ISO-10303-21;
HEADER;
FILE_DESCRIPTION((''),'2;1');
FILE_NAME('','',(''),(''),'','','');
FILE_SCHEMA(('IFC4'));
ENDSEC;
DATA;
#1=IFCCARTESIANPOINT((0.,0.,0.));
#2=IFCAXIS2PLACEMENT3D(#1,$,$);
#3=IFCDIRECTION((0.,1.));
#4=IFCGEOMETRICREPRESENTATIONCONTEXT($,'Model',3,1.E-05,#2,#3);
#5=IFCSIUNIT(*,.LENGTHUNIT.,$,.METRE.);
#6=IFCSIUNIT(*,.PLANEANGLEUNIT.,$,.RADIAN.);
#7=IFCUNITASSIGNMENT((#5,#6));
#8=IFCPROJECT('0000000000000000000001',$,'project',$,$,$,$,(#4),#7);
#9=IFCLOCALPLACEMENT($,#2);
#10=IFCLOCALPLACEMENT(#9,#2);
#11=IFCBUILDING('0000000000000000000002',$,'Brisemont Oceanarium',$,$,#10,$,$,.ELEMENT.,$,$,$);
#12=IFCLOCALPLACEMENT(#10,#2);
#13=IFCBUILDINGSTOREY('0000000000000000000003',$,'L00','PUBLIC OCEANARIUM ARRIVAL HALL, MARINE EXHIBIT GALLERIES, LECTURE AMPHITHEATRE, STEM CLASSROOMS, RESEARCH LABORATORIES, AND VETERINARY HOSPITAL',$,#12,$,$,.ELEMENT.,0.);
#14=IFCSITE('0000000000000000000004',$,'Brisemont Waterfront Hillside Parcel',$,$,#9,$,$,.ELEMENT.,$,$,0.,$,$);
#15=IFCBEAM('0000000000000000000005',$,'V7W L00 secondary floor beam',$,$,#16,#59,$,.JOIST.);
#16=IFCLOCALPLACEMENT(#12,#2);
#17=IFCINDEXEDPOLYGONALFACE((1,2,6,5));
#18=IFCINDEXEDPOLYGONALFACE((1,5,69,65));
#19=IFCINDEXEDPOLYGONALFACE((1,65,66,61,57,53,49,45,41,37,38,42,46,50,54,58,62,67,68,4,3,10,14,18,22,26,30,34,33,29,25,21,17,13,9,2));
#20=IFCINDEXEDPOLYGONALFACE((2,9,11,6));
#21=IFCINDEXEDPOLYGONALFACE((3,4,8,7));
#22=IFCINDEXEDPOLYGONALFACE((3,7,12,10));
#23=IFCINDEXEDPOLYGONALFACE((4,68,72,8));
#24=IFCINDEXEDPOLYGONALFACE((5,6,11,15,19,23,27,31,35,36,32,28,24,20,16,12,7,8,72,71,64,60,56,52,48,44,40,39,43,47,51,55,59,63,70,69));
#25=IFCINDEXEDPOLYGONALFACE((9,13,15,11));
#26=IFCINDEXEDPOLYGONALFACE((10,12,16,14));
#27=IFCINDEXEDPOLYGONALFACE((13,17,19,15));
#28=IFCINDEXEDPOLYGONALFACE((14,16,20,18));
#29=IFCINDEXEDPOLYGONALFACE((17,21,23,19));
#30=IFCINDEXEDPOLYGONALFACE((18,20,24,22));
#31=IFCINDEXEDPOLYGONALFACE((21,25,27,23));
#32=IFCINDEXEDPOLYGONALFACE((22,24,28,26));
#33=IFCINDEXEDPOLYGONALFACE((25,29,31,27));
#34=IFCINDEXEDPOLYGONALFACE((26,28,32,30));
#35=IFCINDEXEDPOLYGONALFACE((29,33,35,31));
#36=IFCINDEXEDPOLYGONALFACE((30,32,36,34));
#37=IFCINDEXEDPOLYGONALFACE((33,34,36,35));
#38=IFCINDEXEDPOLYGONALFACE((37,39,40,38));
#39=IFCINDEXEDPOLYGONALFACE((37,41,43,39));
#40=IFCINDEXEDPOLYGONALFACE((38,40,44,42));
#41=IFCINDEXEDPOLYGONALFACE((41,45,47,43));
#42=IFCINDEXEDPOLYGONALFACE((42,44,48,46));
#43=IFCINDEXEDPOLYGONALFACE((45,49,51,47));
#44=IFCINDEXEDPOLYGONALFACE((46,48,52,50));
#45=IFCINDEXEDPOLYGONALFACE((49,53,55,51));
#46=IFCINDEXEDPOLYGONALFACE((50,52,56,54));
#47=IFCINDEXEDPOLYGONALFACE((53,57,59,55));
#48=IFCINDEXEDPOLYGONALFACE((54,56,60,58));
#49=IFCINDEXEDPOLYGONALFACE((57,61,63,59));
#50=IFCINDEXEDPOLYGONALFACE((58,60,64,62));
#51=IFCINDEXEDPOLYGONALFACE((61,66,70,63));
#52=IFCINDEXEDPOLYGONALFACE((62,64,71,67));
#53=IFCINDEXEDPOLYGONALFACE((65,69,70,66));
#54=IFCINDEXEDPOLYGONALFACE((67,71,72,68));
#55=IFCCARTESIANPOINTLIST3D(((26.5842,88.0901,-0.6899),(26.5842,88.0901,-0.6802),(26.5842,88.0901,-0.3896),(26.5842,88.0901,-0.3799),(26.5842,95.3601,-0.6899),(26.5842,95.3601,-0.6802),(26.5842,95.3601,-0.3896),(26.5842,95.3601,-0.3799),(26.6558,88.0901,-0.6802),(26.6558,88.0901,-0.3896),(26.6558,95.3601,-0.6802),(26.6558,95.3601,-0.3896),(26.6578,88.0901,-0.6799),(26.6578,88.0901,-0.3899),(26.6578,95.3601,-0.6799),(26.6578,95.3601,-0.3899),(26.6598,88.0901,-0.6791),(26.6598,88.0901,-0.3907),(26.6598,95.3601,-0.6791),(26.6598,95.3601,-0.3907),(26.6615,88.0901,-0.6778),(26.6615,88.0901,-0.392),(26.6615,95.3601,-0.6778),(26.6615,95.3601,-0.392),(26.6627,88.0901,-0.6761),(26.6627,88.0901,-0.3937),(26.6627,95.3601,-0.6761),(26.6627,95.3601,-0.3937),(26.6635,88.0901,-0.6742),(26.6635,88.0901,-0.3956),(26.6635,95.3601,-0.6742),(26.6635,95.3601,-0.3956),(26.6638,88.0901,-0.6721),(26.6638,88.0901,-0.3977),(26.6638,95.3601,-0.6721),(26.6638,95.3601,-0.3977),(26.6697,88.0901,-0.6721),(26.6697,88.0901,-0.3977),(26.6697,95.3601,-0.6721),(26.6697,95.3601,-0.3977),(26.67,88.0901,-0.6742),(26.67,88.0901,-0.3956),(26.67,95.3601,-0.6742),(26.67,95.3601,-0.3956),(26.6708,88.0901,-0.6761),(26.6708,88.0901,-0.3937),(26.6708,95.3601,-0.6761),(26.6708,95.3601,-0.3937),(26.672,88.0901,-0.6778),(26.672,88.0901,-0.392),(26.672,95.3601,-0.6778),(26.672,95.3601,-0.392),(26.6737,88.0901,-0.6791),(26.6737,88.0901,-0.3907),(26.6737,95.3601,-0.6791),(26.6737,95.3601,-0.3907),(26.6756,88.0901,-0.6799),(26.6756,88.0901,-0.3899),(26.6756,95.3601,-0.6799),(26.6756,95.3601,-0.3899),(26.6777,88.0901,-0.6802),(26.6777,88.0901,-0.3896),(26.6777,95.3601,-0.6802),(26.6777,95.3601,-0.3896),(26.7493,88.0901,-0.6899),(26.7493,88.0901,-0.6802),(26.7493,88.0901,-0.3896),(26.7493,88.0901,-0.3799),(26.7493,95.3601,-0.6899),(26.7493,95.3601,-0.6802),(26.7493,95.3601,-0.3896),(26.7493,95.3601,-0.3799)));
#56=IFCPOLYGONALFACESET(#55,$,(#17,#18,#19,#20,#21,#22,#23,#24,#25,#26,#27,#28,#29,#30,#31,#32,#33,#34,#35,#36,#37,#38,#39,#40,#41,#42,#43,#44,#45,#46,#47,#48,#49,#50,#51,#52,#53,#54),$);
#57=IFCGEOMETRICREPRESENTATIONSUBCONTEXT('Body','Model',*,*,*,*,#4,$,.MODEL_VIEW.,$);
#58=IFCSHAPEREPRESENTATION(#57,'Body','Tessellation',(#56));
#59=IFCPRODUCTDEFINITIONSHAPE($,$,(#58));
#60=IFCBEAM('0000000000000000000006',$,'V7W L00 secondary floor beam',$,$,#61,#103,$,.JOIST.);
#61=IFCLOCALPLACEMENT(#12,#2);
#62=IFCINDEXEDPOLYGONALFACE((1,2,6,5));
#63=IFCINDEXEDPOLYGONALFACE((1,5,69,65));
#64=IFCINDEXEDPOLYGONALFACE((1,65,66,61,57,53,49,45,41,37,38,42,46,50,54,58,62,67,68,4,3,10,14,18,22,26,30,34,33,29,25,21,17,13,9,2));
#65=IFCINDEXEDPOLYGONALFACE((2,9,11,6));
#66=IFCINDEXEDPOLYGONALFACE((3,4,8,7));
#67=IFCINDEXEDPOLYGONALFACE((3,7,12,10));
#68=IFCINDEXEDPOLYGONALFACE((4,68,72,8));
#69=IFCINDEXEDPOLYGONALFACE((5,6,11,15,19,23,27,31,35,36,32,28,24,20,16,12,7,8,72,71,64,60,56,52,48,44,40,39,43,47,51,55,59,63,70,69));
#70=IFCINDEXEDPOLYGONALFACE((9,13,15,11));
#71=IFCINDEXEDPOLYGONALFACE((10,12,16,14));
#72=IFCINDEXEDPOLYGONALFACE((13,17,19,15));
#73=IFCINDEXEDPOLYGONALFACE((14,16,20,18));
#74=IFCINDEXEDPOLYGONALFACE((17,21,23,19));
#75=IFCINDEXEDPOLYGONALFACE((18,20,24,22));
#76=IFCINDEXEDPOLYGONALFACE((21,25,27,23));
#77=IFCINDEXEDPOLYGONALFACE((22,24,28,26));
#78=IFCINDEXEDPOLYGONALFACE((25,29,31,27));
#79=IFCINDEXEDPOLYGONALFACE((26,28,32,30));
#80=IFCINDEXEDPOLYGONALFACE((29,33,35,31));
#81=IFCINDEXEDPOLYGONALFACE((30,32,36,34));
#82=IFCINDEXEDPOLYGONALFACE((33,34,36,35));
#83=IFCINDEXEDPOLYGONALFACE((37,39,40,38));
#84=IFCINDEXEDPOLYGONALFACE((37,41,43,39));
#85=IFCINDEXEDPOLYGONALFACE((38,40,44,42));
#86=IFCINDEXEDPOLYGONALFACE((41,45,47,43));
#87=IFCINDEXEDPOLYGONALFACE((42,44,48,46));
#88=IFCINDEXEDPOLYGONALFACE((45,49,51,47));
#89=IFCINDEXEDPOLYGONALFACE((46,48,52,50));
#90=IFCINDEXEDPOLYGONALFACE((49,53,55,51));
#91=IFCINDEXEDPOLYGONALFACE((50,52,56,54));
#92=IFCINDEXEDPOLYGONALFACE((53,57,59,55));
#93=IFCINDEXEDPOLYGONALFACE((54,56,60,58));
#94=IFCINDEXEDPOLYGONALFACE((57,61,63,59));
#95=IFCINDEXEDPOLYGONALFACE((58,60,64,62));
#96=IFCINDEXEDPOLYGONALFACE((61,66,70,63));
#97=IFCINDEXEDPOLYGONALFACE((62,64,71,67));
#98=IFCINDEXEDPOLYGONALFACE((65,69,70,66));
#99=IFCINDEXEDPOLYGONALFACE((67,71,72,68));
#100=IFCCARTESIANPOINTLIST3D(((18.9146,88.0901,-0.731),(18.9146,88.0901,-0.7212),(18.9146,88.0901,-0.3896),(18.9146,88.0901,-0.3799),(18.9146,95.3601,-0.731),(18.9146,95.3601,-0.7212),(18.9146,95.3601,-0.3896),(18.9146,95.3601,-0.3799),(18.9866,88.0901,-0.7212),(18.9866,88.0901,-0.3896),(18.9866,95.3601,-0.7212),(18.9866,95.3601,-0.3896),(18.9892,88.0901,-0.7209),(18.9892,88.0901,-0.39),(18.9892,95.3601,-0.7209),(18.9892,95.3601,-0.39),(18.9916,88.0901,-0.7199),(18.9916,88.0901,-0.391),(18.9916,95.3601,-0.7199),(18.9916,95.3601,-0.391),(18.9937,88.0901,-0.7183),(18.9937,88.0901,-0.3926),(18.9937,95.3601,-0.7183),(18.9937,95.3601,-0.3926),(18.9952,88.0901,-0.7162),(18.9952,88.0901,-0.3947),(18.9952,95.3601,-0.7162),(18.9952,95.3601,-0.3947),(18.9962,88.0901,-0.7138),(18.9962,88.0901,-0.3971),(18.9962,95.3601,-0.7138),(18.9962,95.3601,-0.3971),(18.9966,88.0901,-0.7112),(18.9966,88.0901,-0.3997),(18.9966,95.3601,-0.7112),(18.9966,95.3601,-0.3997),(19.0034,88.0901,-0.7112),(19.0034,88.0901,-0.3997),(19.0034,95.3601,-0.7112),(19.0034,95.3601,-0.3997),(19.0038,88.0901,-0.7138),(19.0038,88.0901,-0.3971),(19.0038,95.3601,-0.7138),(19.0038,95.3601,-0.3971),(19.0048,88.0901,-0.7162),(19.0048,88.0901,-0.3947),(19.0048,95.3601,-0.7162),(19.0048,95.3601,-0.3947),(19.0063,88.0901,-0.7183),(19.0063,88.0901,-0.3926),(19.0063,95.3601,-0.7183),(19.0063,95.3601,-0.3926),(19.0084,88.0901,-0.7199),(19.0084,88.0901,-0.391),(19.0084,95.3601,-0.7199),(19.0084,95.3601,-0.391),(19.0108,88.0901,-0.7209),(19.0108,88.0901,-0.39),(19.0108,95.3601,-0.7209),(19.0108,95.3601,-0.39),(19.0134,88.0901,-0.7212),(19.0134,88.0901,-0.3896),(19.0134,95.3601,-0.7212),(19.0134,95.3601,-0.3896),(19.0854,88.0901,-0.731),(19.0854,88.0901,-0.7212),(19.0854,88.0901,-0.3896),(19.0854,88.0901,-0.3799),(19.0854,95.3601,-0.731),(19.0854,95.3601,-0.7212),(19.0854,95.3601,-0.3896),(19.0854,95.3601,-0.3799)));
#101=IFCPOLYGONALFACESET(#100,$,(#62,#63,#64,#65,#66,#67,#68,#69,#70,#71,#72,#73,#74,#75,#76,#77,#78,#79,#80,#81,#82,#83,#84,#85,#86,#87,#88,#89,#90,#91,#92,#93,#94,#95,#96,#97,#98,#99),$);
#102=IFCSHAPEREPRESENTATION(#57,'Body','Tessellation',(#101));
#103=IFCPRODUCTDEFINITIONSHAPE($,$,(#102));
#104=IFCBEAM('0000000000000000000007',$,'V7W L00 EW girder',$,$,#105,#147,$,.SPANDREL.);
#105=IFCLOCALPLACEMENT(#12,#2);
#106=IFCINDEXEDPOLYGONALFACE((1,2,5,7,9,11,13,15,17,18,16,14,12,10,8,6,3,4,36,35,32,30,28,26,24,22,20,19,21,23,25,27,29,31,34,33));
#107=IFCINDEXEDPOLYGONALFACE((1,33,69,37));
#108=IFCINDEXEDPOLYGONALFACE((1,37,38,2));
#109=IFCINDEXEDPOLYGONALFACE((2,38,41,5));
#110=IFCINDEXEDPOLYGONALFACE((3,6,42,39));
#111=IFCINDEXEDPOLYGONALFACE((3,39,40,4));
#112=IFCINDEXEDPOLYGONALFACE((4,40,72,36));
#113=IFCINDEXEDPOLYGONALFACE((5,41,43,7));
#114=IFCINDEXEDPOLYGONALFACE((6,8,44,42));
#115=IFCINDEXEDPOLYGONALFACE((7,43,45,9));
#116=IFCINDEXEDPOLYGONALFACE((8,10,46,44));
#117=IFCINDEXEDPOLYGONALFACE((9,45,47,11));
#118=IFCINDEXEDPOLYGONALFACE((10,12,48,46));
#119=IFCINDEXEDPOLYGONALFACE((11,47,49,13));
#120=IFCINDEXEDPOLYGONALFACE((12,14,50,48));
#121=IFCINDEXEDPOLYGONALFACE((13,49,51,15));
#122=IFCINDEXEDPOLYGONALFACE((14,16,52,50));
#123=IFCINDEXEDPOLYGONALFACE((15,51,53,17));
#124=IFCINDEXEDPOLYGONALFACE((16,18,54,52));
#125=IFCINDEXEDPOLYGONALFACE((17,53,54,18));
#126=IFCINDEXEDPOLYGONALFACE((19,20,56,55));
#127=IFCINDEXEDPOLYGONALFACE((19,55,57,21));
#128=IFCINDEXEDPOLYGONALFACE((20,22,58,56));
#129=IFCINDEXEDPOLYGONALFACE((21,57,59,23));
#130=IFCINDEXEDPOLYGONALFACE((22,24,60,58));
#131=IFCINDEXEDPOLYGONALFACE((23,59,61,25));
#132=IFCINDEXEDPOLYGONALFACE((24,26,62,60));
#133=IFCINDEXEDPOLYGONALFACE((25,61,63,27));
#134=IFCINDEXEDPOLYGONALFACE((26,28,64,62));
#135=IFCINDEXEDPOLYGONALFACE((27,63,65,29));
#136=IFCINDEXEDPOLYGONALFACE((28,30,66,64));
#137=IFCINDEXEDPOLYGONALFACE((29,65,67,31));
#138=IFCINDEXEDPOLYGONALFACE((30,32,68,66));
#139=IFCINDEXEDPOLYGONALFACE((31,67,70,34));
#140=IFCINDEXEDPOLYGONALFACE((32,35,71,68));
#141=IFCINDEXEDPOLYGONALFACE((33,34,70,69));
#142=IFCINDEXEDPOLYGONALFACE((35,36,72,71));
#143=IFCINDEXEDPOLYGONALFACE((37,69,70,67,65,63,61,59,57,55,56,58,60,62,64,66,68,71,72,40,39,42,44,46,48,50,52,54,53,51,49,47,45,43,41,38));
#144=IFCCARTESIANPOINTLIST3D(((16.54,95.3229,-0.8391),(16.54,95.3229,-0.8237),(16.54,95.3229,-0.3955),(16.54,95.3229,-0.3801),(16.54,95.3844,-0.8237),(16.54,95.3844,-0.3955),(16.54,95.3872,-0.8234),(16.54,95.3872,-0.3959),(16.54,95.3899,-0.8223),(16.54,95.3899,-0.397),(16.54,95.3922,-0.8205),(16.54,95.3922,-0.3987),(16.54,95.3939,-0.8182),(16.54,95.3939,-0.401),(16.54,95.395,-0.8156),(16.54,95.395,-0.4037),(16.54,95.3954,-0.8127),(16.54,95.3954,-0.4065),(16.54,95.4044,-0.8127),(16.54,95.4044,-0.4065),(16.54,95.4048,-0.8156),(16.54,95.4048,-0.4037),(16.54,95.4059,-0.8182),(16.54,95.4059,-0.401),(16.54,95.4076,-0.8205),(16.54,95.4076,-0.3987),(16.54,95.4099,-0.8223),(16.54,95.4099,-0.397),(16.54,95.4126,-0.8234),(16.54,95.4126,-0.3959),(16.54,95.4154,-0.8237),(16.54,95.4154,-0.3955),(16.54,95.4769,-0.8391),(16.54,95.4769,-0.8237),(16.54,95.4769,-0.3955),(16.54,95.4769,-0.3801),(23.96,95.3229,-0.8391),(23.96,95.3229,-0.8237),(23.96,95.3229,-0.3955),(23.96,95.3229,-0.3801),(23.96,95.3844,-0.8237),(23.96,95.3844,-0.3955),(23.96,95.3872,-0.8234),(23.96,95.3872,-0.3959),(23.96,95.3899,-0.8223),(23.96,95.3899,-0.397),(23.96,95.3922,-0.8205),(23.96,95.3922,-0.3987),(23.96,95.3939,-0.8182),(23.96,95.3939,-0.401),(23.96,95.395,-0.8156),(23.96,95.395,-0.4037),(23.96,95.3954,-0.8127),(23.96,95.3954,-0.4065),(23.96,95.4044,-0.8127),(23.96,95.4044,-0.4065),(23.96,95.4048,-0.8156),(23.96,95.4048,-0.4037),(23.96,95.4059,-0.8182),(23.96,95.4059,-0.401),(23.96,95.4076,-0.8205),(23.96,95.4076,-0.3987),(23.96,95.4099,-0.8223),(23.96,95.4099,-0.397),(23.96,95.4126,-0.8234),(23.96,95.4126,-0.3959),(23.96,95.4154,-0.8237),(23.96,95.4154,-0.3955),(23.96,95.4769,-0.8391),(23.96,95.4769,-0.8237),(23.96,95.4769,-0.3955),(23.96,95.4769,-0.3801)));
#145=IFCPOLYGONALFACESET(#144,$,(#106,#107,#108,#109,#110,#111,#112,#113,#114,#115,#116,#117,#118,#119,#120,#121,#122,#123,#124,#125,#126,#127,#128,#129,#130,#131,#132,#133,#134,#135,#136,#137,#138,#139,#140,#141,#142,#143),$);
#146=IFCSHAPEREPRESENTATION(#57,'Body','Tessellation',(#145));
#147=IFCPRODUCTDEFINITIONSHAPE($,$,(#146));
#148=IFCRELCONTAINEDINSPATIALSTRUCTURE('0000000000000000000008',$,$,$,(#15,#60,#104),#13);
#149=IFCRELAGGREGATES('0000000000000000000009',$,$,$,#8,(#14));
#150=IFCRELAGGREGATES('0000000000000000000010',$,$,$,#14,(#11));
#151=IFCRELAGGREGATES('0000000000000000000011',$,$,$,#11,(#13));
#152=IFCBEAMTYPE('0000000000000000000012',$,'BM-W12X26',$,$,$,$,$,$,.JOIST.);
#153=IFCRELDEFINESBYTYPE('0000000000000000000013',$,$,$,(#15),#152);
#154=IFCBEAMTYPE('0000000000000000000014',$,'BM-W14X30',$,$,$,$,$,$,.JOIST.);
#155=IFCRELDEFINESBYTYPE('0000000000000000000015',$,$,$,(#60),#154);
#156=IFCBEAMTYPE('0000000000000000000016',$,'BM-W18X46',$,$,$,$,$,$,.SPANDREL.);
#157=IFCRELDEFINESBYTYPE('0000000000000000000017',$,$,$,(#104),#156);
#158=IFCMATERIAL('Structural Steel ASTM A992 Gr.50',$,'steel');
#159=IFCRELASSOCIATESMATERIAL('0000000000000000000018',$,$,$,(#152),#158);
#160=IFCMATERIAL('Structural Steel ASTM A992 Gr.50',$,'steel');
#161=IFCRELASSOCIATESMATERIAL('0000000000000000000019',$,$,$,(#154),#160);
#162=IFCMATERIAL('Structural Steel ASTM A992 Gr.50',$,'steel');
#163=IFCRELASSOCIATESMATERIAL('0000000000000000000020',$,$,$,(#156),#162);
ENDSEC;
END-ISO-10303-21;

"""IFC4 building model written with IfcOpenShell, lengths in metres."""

from ifc_helpers import new_model, si_unit, direction, frame, origin, origin_2d, place, context, subcontext, project, spatial, i_section, extrude, material, material_profile, profile_set, type_object, element, save


model = new_model("IFC4")

# Units and contexts
model_context = context("Model", 3, precision=1e-05, world=origin(), true_north=direction((0.0, 1.0)))
body_context = subcontext(model_context, "Body", "Model", "MODEL_VIEW")
ifc_project = project(units=[si_unit("LENGTHUNIT", "METRE"), si_unit("PLANEANGLEUNIT", "RADIAN")], contexts=[model_context])

# Site, building, storey
site_placement = place(None, origin())
site = spatial("IfcSite", under=ifc_project, at=site_placement, Name="Brisemont Waterfront Hillside Parcel", CompositionType="ELEMENT", RefElevation=0.0)
building_placement = place(site_placement, origin())
building = spatial("IfcBuilding", under=site, at=building_placement, Name="Brisemont Oceanarium", CompositionType="ELEMENT")
storey_placement = place(building_placement, origin())
storey = spatial("IfcBuildingStorey", under=building, at=storey_placement, Name="L00", Description="PUBLIC OCEANARIUM ARRIVAL HALL, MARINE EXHIBIT GALLERIES, LECTURE AMPHITHEATRE, STEM CLASSROOMS, RESEARCH LABORATORIES, AND VETERINARY HOSPITAL", CompositionType="ELEMENT", Elevation=0.0)

# Beams
ifc_material_1 = material(Name="Structural Steel ASTM A992 Gr.50", Category="steel")
ifc_material_profile_1 = material_profile(ifc_material_1, i_section(OverallWidth=0.165, OverallDepth=0.3101, WebThickness=0.0059, FlangeThickness=0.0098, FilletRadius=0.0081, at=origin_2d()), Name="W12X26")
ifc_profile_set_1 = profile_set([ifc_material_profile_1], Name="Structural Steel ASTM A992 Gr.50")
beam_type_1 = type_object("IfcBeamType", Name="BM-W12X26", PredefinedType="JOIST", material=ifc_profile_set_1)
for number, where, z_axis, x_axis, name in (
    (1, (26.6667, 88.0901, -0.5349), (0.0, 1.0, 0.0), (-1.0, 0.0, 0.0), "V7W L00 secondary floor beam"),
):
    element("IfcBeam", number, at=place(storey_placement, frame(where, z_axis=z_axis, x_axis=x_axis)), inside=storey, type_object=beam_type_1, Name=name, PredefinedType="JOIST", context=body_context, shape_type="SweptSolid", body=[
        extrude(i_section(OverallWidth=0.165, OverallDepth=0.3101, WebThickness=0.0059, FlangeThickness=0.0098, FilletRadius=0.0081, at=origin_2d()), origin(), (0.0, 0.0, 1.0), 7.27),
    ])
ifc_material_2 = material(Name="Structural Steel ASTM A992 Gr.50", Category="steel")
ifc_material_profile_2 = material_profile(ifc_material_2, i_section(OverallWidth=0.1709, OverallDepth=0.3511, WebThickness=0.0068, FlangeThickness=0.0098, FilletRadius=0.01, at=origin_2d()), Name="W14X30")
ifc_profile_set_2 = profile_set([ifc_material_profile_2], Name="Structural Steel ASTM A992 Gr.50")
beam_type_2 = type_object("IfcBeamType", Name="BM-W14X30", PredefinedType="JOIST", material=ifc_profile_set_2)
beam_1_placement = place(storey_placement, frame((19.0, 88.0901, -0.5554), z_axis=(0.0, 1.0, 0.0), x_axis=(-1.0, 0.0, 0.0)))
element("IfcBeam", 2, at=beam_1_placement, inside=storey, type_object=beam_type_2, Name="V7W L00 secondary floor beam", PredefinedType="JOIST", context=body_context, shape_type="SweptSolid", body=[
    extrude(i_section(OverallWidth=0.1709, OverallDepth=0.3511, WebThickness=0.0068, FlangeThickness=0.0098, FilletRadius=0.01, at=origin_2d()), origin(), (0.0, 0.0, 1.0), 7.27),
])
ifc_material_3 = material(Name="Structural Steel ASTM A992 Gr.50", Category="steel")
ifc_material_profile_3 = material_profile(ifc_material_3, i_section(OverallWidth=0.1541, OverallDepth=0.459, WebThickness=0.009, FlangeThickness=0.0154, FilletRadius=0.011, at=origin_2d()), Name="W18X46")
ifc_profile_set_3 = profile_set([ifc_material_profile_3], Name="Structural Steel ASTM A992 Gr.50")
beam_type_3 = type_object("IfcBeamType", Name="BM-W18X46", PredefinedType="SPANDREL", material=ifc_profile_set_3)
beam_2_placement = place(storey_placement, frame((16.54, 95.3999, -0.6096), z_axis=(1.0, 0.0, 0.0), x_axis=(0.0, 1.0, 0.0)))
element("IfcBeam", 3, at=beam_2_placement, inside=storey, type_object=beam_type_3, Name="V7W L00 EW girder", PredefinedType="SPANDREL", context=body_context, shape_type="SweptSolid", body=[
    extrude(i_section(OverallWidth=0.1541, OverallDepth=0.459, WebThickness=0.009, FlangeThickness=0.0154, FilletRadius=0.011, at=origin_2d()), origin(), (0.0, 0.0, 1.0), 7.4199),
])

save(model, "model.ifc")
